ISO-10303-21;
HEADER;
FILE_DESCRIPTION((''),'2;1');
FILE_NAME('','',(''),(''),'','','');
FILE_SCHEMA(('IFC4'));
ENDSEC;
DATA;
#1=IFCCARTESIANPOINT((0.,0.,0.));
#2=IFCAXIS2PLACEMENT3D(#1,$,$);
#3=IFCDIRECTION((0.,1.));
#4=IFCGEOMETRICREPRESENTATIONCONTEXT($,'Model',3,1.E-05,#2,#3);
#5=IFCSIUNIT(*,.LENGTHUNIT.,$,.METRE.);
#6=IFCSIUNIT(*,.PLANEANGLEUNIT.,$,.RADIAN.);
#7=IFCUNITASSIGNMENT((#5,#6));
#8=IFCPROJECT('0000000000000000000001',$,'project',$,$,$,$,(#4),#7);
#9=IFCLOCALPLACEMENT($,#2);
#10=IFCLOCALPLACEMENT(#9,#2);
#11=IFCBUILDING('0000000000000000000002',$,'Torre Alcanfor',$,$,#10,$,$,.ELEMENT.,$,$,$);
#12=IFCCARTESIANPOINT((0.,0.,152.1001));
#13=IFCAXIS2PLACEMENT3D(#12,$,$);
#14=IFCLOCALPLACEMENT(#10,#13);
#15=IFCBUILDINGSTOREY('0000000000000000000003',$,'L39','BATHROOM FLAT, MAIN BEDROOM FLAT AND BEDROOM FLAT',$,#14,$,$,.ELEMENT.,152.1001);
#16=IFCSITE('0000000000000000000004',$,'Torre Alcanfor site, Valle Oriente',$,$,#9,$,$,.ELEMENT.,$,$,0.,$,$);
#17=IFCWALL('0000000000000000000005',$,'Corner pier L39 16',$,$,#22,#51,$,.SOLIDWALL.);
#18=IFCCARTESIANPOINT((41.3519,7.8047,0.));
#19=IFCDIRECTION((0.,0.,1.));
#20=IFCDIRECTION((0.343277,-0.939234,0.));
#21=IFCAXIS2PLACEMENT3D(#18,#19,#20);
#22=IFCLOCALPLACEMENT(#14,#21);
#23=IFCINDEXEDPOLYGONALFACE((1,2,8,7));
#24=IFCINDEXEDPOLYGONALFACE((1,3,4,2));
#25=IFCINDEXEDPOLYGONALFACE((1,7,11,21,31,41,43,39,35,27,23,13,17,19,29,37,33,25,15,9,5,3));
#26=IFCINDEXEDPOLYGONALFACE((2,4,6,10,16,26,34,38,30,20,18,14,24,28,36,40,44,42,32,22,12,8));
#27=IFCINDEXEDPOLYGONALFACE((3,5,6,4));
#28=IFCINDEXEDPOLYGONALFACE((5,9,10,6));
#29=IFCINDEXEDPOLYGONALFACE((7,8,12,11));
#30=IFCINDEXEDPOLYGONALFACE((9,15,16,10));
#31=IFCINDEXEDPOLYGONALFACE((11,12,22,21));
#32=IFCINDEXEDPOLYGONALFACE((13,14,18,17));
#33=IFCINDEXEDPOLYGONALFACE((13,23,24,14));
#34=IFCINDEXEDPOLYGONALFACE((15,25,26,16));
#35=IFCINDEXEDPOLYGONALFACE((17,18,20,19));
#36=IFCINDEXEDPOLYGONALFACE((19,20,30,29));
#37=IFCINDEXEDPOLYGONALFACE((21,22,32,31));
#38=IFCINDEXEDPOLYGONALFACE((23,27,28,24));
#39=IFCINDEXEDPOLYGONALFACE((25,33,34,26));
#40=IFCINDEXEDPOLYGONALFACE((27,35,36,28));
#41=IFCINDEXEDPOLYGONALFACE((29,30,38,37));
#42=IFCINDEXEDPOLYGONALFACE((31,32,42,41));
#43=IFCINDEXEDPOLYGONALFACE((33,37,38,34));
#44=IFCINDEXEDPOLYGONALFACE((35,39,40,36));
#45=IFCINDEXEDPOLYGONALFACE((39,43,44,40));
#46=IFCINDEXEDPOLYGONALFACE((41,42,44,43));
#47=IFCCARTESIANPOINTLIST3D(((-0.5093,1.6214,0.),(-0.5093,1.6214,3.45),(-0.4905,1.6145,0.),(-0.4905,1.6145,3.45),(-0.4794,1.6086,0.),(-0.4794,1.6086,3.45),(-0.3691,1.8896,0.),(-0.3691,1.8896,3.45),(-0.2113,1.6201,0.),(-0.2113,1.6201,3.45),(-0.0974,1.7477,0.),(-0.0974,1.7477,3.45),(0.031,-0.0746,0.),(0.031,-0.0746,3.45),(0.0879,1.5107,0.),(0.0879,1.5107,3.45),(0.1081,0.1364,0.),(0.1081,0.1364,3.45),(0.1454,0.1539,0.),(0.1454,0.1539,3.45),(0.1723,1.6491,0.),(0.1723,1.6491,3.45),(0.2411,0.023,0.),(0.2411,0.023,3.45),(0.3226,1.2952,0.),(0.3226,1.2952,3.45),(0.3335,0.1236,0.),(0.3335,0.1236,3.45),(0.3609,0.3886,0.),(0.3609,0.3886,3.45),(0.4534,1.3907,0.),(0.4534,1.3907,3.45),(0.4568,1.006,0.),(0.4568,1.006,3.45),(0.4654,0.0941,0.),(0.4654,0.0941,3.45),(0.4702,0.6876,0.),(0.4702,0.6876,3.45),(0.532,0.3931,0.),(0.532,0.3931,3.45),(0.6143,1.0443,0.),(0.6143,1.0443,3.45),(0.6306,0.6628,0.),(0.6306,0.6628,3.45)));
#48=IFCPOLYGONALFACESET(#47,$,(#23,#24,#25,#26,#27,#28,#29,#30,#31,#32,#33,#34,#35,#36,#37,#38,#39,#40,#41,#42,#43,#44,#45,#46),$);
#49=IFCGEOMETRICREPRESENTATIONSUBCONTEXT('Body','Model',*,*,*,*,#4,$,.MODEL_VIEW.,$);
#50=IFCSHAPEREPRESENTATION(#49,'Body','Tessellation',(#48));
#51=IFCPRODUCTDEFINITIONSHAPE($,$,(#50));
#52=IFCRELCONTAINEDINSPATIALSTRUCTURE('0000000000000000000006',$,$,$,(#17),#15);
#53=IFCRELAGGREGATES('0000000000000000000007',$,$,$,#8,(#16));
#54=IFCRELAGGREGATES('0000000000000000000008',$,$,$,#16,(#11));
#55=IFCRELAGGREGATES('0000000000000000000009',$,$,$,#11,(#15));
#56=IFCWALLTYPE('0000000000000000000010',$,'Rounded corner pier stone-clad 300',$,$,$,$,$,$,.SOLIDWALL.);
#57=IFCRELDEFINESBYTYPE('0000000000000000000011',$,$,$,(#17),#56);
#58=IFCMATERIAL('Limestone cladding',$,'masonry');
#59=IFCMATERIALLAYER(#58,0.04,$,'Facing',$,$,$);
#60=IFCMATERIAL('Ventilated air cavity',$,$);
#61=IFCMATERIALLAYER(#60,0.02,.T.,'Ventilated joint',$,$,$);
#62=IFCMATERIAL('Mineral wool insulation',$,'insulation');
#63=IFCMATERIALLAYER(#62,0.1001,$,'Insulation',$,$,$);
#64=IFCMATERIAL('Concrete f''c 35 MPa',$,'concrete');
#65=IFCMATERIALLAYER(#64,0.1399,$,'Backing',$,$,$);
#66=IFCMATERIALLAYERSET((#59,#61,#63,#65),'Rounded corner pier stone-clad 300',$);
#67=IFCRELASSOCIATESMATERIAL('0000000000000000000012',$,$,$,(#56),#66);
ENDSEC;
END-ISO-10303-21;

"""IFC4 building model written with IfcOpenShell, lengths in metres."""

from ifc_helpers import new_model, si_unit, direction, frame, origin, place, context, subcontext, project, spatial, polyline, outline, extrude, material, layer, layer_set, type_object, element, save


model = new_model("IFC4")

# Units and contexts
model_context = context("Model", 3, precision=1e-05, world=origin(), true_north=direction((0.0, 1.0)))
body_context = subcontext(model_context, "Body", "Model", "MODEL_VIEW")
ifc_project = project(units=[si_unit("LENGTHUNIT", "METRE"), si_unit("PLANEANGLEUNIT", "RADIAN")], contexts=[model_context])

# Site, building, storey
site_placement = place(None, origin())
site = spatial("IfcSite", under=ifc_project, at=site_placement, Name="Torre Alcanfor site, Valle Oriente", CompositionType="ELEMENT", RefElevation=0.0)
building_placement = place(site_placement, origin())
building = spatial("IfcBuilding", under=site, at=building_placement, Name="Torre Alcanfor", CompositionType="ELEMENT")
storey_placement = place(building_placement, frame((0.0, 0.0, 152.1001)))
storey = spatial("IfcBuildingStorey", under=building, at=storey_placement, Name="L39", Description="BATHROOM FLAT, MAIN BEDROOM FLAT AND BEDROOM FLAT", CompositionType="ELEMENT", Elevation=152.1001)

# Wall
ifc_material_1 = material(Name="Limestone cladding", Category="masonry")
ifc_layer_1 = layer(ifc_material_1, 0.04, Name="Facing")
ifc_material_2 = material(Name="Ventilated air cavity")
ifc_layer_2 = layer(ifc_material_2, 0.02, ventilated=True, Name="Ventilated joint")
ifc_material_3 = material(Name="Mineral wool insulation", Category="insulation")
ifc_layer_3 = layer(ifc_material_3, 0.1001, Name="Insulation")
ifc_material_4 = material(Name="Concrete f'c 35 MPa", Category="concrete")
ifc_layer_4 = layer(ifc_material_4, 0.1399, Name="Backing")
ifc_layer_set_1 = layer_set([ifc_layer_1, ifc_layer_2, ifc_layer_3, ifc_layer_4], Name="Rounded corner pier stone-clad 300")
wall_type_1 = type_object("IfcWallType", Name="Rounded corner pier stone-clad 300", PredefinedType="SOLIDWALL", material=ifc_layer_set_1)
wall_1_placement = place(storey_placement, frame((41.3519, 7.8047, 0.0), z_axis=(0.0, 0.0, 1.0), x_axis=(0.343277, -0.939234, 0.0)))
element("IfcWall", 1, at=wall_1_placement, inside=storey, type_object=wall_type_1, Name="Corner pier L39 16", PredefinedType="SOLIDWALL", context=body_context, shape_type="SweptSolid", body=[
    extrude(outline(polyline([(-0.3691, 1.8896), (-0.5093, 1.6214), (-0.4905, 1.6145), (-0.4794, 1.6086), (-0.2113, 1.6201), (0.0879, 1.5107), (0.3226, 1.2952), (0.4568, 1.006), (0.4702, 0.6876), (0.3609, 0.3886), (0.1454, 0.1539), (0.1081, 0.1364), (0.031, -0.0746), (0.2411, 0.023), (0.3335, 0.1236), (0.4654, 0.0941), (0.532, 0.3931), (0.6306, 0.6628), (0.6143, 1.0443), (0.4534, 1.3907), (0.1723, 1.6491), (-0.0974, 1.7477), (-0.3691, 1.8896)])), origin(), (0.0, 0.0, 1.0), 3.45),
])

save(model, "model.ifc")
